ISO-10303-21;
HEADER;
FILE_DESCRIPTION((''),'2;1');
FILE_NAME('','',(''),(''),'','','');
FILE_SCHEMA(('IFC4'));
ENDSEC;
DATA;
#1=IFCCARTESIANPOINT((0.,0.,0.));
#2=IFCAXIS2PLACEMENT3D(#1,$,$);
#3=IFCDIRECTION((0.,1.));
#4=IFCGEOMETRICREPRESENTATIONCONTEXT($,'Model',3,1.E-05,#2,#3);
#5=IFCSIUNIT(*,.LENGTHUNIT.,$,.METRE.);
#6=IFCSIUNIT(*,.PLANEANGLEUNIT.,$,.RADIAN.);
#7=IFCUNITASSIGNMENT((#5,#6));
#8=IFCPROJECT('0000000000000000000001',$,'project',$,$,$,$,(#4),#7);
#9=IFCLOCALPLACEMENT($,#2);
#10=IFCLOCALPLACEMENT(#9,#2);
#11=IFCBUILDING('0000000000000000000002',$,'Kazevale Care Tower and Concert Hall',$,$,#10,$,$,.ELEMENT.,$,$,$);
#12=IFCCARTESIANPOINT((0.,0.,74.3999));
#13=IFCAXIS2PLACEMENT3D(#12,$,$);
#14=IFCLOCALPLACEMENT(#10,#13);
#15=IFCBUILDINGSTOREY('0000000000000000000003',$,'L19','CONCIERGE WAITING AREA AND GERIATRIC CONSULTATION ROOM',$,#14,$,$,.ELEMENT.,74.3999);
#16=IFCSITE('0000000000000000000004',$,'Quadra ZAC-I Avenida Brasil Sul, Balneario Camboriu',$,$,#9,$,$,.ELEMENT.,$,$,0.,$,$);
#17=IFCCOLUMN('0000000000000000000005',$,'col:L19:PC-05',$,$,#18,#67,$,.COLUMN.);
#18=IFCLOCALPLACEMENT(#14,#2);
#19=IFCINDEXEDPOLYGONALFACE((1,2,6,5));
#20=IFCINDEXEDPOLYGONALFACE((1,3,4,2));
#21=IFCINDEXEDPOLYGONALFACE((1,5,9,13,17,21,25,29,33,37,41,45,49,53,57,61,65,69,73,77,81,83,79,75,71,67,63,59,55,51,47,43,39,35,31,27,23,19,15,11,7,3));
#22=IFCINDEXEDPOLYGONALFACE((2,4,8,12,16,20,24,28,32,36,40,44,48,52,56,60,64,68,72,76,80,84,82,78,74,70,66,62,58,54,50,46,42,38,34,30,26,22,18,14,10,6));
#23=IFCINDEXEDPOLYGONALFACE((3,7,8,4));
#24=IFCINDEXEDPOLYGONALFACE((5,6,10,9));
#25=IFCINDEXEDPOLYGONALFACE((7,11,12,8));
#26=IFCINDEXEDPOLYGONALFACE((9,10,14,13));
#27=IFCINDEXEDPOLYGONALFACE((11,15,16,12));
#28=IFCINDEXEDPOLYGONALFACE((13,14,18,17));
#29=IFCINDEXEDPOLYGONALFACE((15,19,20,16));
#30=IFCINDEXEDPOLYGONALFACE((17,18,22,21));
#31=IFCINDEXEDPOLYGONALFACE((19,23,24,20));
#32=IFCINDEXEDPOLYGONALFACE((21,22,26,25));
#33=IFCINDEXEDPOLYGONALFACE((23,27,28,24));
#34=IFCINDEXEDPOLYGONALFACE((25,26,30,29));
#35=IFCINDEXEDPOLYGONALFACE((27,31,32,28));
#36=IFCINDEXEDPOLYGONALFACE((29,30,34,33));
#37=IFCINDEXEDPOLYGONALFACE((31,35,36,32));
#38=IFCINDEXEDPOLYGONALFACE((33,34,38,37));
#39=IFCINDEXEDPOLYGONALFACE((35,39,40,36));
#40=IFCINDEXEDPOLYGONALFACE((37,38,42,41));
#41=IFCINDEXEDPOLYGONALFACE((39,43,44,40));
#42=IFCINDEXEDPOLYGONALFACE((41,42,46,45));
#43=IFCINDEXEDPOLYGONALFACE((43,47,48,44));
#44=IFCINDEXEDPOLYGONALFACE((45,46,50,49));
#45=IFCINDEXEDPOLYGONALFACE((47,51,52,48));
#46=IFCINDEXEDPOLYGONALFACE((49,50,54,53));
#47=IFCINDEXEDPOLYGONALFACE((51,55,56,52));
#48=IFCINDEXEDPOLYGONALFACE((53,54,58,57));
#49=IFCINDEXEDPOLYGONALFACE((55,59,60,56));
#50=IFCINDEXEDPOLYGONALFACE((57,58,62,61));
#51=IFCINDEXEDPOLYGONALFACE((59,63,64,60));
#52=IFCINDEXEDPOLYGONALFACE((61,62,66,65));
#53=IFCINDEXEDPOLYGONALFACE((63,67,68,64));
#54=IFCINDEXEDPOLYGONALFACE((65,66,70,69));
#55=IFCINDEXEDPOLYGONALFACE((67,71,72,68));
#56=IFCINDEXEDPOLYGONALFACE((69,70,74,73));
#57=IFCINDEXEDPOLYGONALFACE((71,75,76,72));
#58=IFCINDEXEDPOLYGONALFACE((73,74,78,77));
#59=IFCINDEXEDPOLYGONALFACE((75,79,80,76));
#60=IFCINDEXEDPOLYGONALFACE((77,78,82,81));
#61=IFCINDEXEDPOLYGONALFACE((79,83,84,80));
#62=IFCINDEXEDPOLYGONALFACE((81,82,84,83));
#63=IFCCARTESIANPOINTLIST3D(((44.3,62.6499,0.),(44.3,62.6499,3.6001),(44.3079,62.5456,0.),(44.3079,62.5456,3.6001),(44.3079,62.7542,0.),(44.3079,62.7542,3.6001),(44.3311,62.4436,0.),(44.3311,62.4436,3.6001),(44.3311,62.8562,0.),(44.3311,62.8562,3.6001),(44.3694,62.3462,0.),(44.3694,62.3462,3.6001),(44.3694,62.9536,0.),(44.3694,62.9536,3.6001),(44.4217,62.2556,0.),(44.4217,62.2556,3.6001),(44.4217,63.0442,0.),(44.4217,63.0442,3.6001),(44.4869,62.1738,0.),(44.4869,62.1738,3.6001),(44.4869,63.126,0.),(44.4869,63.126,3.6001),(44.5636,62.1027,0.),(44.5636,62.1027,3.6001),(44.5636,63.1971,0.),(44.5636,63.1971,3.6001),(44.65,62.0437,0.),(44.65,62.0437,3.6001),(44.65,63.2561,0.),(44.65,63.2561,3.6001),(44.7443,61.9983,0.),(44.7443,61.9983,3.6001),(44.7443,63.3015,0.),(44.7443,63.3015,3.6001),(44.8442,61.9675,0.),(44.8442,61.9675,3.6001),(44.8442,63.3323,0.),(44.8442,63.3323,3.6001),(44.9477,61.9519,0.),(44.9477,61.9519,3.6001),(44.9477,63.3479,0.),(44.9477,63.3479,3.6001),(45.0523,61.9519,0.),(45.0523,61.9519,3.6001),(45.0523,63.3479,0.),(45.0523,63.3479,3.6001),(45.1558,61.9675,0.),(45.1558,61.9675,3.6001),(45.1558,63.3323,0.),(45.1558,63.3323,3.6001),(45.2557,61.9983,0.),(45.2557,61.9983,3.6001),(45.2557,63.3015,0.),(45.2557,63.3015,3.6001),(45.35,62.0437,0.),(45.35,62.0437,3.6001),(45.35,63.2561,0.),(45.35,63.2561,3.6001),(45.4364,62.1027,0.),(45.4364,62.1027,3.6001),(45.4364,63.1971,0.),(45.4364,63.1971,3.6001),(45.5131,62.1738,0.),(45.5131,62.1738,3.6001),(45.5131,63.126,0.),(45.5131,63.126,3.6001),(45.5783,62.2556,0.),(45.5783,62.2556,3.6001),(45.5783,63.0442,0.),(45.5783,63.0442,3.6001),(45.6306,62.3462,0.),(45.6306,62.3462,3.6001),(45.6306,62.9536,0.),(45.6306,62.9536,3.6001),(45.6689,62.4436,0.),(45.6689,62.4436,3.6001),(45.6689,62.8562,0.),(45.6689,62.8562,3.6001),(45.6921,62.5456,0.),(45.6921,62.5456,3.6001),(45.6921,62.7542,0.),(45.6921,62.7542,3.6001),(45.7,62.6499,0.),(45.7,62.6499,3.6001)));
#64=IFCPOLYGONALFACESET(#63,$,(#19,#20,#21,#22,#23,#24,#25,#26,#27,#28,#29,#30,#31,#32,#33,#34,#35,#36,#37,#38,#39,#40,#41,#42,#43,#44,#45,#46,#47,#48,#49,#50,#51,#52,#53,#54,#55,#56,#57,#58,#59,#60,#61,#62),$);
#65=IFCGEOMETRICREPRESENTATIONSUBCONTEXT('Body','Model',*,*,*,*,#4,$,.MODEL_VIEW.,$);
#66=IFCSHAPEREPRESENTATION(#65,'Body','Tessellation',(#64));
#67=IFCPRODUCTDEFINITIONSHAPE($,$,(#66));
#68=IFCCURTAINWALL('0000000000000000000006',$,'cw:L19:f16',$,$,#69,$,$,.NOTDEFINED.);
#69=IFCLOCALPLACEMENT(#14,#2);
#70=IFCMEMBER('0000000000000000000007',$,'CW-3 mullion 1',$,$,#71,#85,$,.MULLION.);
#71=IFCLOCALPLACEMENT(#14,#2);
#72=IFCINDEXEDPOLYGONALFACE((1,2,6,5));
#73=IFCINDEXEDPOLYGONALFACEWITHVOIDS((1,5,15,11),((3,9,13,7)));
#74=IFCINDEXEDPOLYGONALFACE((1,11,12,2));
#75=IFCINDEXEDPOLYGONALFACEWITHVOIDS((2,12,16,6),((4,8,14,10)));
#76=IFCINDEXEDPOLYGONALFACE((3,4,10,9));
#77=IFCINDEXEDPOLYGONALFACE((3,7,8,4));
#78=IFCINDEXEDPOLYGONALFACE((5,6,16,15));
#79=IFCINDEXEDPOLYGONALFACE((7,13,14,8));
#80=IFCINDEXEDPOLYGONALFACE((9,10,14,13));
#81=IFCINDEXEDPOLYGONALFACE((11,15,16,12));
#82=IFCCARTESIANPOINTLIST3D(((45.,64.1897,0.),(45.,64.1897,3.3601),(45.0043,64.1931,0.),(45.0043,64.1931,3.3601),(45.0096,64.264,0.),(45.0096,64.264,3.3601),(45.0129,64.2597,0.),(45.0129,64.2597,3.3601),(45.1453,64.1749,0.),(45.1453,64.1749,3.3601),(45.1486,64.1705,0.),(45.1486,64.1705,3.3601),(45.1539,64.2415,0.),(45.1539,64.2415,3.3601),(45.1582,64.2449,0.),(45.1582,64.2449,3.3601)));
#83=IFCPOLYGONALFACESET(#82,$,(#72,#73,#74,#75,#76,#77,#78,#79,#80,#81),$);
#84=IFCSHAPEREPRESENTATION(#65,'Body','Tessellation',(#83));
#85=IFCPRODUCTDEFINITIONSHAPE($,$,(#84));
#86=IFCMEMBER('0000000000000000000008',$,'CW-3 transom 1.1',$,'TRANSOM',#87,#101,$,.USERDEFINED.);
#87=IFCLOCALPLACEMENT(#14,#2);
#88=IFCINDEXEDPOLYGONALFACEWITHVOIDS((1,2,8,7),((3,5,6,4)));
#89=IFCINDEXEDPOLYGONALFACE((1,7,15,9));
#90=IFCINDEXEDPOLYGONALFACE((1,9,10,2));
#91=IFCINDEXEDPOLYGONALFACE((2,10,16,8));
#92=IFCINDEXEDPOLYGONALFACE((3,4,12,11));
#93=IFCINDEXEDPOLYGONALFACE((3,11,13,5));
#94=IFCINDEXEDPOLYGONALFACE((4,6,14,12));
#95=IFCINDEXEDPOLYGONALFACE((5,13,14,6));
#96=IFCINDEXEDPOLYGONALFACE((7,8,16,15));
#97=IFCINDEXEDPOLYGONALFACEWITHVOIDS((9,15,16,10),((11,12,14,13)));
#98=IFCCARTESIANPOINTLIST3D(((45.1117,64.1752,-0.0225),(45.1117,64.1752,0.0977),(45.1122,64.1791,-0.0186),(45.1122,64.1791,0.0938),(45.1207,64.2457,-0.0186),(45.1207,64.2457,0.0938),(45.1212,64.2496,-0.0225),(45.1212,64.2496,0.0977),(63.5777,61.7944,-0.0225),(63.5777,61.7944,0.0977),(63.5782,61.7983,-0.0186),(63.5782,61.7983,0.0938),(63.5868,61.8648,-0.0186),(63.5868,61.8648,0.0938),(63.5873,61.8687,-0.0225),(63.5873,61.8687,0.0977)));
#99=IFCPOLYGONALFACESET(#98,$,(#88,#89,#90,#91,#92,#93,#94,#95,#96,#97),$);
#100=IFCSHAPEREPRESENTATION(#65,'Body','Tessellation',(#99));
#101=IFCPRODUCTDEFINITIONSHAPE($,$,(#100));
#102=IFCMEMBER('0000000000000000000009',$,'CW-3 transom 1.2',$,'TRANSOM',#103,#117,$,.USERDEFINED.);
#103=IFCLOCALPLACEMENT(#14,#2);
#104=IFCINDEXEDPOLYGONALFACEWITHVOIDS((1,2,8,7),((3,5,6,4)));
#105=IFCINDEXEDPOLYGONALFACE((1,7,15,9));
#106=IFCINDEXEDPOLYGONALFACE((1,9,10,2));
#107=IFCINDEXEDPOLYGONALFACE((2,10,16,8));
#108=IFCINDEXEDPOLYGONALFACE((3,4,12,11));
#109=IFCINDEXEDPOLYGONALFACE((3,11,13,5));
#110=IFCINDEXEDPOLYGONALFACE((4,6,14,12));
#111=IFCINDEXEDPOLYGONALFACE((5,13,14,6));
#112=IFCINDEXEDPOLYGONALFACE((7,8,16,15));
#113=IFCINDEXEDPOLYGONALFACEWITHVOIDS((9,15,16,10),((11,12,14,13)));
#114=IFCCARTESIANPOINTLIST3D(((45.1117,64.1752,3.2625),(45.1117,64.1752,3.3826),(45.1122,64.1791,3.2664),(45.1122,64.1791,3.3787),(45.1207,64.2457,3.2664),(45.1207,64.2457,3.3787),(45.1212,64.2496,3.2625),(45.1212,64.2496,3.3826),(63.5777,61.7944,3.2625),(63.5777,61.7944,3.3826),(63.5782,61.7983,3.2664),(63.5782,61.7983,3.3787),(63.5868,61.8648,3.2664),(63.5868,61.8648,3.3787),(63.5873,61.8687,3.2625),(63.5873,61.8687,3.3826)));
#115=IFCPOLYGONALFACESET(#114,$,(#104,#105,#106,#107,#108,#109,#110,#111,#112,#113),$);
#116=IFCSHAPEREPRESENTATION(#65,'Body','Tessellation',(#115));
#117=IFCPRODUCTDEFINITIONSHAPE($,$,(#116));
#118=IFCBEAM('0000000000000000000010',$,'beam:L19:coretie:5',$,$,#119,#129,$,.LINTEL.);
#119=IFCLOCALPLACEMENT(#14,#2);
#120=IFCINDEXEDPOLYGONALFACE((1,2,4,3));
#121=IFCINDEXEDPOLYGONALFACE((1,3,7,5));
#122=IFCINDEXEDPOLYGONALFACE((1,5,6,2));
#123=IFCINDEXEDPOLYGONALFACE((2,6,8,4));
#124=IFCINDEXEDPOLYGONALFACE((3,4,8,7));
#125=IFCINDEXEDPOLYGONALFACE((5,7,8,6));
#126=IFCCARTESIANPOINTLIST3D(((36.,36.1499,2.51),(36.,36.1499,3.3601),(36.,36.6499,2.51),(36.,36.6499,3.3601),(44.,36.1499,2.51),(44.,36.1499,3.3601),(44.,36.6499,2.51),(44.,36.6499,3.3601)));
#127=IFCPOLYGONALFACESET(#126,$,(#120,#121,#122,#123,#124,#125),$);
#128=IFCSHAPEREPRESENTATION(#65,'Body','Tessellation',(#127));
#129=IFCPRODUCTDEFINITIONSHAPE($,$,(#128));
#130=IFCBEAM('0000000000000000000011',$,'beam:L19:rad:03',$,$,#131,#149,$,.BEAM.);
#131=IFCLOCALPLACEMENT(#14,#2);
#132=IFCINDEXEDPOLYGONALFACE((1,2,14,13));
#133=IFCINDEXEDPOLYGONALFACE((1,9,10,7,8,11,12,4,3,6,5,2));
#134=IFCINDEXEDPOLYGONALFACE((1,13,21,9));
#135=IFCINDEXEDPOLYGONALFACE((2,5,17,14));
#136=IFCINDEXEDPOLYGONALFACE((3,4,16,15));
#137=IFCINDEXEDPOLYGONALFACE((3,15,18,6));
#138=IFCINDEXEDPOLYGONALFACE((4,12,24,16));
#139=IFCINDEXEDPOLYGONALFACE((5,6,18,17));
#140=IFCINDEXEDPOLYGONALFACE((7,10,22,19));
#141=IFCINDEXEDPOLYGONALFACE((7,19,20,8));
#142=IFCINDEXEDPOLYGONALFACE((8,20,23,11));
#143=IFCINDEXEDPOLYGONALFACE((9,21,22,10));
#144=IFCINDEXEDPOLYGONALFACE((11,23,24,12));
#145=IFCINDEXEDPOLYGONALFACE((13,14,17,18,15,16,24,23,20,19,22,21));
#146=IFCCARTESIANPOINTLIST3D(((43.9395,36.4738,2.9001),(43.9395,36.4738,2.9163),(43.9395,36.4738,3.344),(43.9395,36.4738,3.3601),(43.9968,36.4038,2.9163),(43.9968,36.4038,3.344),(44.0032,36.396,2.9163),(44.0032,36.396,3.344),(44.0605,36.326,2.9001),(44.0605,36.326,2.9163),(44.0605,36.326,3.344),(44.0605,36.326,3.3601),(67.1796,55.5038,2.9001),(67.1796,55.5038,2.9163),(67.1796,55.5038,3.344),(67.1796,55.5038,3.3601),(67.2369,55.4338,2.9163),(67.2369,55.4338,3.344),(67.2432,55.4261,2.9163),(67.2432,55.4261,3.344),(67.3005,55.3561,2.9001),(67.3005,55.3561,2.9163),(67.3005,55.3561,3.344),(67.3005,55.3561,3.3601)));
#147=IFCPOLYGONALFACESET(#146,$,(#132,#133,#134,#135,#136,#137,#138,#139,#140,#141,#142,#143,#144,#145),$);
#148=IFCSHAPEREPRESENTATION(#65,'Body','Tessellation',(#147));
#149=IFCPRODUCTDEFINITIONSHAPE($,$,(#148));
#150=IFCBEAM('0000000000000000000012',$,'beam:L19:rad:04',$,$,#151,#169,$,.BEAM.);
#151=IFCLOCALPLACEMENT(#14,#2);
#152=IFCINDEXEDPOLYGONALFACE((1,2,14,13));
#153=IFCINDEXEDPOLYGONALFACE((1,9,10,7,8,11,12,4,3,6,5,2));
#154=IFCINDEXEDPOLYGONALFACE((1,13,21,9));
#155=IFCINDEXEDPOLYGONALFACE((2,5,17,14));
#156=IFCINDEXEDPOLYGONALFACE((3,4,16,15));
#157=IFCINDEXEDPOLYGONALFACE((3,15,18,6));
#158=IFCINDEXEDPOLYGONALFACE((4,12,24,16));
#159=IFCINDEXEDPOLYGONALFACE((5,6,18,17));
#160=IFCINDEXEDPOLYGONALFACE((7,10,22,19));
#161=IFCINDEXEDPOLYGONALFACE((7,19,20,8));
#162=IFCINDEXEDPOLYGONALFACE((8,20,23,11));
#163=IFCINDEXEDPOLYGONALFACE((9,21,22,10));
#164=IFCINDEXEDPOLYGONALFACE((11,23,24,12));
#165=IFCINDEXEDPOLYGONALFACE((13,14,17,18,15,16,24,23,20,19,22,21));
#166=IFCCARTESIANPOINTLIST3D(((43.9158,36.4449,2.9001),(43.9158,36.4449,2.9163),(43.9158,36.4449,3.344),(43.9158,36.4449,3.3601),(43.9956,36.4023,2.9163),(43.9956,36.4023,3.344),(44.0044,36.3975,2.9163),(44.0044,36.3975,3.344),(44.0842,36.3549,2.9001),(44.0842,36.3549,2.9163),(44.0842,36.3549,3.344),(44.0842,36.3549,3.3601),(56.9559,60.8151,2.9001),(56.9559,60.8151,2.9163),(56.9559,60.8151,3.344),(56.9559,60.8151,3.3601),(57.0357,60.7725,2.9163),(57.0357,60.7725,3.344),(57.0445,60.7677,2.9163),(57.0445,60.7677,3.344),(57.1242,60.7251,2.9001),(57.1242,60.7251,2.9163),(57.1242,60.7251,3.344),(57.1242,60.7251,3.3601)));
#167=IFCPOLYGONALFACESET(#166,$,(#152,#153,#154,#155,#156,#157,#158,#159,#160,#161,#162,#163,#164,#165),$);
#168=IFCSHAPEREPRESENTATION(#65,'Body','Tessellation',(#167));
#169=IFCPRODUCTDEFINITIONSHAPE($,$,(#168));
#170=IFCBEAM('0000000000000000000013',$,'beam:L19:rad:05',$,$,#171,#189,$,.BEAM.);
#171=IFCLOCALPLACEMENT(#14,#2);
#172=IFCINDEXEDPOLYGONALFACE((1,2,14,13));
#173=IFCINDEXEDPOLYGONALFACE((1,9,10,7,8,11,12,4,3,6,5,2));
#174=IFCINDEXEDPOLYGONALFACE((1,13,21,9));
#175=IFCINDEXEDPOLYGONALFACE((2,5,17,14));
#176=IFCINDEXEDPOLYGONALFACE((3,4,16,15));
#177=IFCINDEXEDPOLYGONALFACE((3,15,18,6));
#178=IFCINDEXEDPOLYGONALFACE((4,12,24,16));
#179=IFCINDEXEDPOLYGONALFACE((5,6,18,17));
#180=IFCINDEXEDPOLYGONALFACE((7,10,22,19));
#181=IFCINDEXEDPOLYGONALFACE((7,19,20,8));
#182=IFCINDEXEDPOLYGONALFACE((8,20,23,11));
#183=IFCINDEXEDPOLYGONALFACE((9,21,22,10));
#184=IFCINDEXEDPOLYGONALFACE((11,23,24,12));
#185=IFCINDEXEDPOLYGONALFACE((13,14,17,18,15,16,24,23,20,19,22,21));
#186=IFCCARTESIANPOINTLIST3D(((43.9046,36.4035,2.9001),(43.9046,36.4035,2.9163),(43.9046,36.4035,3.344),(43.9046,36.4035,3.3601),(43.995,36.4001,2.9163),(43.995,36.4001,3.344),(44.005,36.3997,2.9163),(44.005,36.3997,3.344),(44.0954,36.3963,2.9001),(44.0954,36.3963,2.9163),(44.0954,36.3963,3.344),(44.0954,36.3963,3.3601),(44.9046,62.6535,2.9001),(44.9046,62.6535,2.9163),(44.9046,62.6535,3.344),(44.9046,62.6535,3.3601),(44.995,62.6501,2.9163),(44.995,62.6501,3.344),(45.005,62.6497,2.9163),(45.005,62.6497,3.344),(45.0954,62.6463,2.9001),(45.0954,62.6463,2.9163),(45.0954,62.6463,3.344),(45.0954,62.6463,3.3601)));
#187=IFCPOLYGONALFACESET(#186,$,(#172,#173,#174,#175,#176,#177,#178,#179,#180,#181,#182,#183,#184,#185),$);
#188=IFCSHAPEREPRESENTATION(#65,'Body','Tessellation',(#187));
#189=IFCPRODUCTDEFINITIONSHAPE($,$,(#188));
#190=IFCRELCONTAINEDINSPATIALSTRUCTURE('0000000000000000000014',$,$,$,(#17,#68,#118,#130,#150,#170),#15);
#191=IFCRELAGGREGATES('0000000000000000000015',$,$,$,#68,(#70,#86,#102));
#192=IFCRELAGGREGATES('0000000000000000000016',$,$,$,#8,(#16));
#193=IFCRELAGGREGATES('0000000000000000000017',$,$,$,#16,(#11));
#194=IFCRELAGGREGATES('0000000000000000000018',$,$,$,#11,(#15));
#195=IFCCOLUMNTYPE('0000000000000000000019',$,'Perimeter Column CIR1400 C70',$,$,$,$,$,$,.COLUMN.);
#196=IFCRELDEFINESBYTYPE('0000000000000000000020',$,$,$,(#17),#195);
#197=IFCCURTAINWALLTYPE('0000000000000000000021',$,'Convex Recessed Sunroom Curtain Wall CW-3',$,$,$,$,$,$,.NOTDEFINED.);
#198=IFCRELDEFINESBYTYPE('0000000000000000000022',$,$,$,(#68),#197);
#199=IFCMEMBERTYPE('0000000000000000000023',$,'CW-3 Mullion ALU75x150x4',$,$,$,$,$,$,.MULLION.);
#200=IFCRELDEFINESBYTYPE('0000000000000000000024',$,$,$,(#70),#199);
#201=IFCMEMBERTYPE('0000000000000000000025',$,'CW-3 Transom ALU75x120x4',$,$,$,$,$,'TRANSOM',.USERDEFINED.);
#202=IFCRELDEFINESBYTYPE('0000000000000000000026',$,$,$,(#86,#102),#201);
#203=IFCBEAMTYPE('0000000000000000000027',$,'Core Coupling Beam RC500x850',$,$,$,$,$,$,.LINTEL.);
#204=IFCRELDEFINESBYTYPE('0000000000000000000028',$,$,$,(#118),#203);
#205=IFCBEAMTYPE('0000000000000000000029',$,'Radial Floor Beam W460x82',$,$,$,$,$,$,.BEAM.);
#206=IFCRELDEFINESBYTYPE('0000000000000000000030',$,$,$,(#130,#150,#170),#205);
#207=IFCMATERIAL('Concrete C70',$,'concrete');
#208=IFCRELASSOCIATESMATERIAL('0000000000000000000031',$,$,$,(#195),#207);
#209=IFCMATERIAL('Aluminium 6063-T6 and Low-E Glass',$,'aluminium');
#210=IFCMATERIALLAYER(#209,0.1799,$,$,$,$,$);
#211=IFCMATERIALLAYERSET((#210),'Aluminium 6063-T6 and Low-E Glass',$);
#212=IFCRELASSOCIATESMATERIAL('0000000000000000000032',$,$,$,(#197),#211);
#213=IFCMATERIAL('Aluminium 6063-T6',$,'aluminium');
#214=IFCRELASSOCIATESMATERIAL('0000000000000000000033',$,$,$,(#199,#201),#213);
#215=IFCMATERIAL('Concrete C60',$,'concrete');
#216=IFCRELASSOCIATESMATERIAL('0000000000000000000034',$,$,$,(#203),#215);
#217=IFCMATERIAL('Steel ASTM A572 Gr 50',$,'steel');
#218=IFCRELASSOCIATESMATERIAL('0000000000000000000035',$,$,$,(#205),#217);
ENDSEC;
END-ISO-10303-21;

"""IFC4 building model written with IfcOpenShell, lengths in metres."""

from ifc_helpers import new_model, si_unit, direction, frame, origin, origin_2d, place, context, subcontext, project, spatial, rectangle, hollow_rectangle, circle, i_section, extrude, material, layer, layer_set, material_profile, profile_set, type_object, element, aggregate, save


model = new_model("IFC4")

# Units and contexts
model_context = context("Model", 3, precision=1e-05, world=origin(), true_north=direction((0.0, 1.0)))
body_context = subcontext(model_context, "Body", "Model", "MODEL_VIEW")
ifc_project = project(units=[si_unit("LENGTHUNIT", "METRE"), si_unit("PLANEANGLEUNIT", "RADIAN")], contexts=[model_context])

# Site, building, storey
site_placement = place(None, origin())
site = spatial("IfcSite", under=ifc_project, at=site_placement, Name="Quadra ZAC-I Avenida Brasil Sul, Balneario Camboriu", CompositionType="ELEMENT", RefElevation=0.0)
building_placement = place(site_placement, origin())
building = spatial("IfcBuilding", under=site, at=building_placement, Name="Kazevale Care Tower and Concert Hall", CompositionType="ELEMENT")
storey_placement = place(building_placement, frame((0.0, 0.0, 74.3999)))
storey = spatial("IfcBuildingStorey", under=building, at=storey_placement, Name="L19", Description="CONCIERGE WAITING AREA AND GERIATRIC CONSULTATION ROOM", CompositionType="ELEMENT", Elevation=74.3999)

# Column
ifc_material_1 = material(Name="Concrete C70", Category="concrete")
ifc_material_profile_1 = material_profile(ifc_material_1, circle(Radius=0.7, at=origin_2d()), Name="RC-CIR1400")
ifc_profile_set_1 = profile_set([ifc_material_profile_1], Name="Concrete C70")
column_type = type_object("IfcColumnType", Name="Perimeter Column CIR1400 C70", PredefinedType="COLUMN", material=ifc_profile_set_1)
column_placement = place(storey_placement, frame((45.0, 62.6499, 0.0), z_axis=(0.0, 0.0, 1.0), x_axis=(1.0, 0.0, 0.0)))
element("IfcColumn", 1, at=column_placement, inside=storey, type_object=column_type, Name="col:L19:PC-05", PredefinedType="COLUMN", context=body_context, shape_type="SweptSolid", body=[
    extrude(circle(Radius=0.7, at=origin_2d()), origin(), (0.0, 0.0, 1.0), 3.6001),
])

# Curtain wall, members
ifc_material_2 = material(Name="Aluminium 6063-T6 and Low-E Glass", Category="aluminium")
ifc_layer_1 = layer(ifc_material_2, 0.1799)
ifc_layer_set_1 = layer_set([ifc_layer_1], Name="Aluminium 6063-T6 and Low-E Glass")
curtain_wall_type = type_object("IfcCurtainWallType", Name="Convex Recessed Sunroom Curtain Wall CW-3", PredefinedType="NOTDEFINED", material=ifc_layer_set_1)
curtain_wall_placement = place(storey_placement, origin())
curtain_wall = element("IfcCurtainWall", 2, at=curtain_wall_placement, inside=storey, type_object=curtain_wall_type, Name="cw:L19:f16", PredefinedType="NOTDEFINED")
ifc_material_3 = material(Name="Aluminium 6063-T6", Category="aluminium")
ifc_material_profile_2 = material_profile(ifc_material_3, hollow_rectangle(XDim=0.075, YDim=0.1499, WallThickness=0.0039, at=origin_2d()), Name="ALU75x150x4")
ifc_profile_set_2 = profile_set([ifc_material_profile_2], Name="Aluminium 6063-T6")
member_type_1 = type_object("IfcMemberType", Name="CW-3 Mullion ALU75x150x4", PredefinedType="MULLION", material=ifc_profile_set_2)
member_1_placement = place(storey_placement, frame((45.0791, 64.2173, 0.0), z_axis=(0.0, 0.0, 1.0), x_axis=(0.12787, 0.991791, 0.0)))
member_1 = element("IfcMember", 3, at=member_1_placement, type_object=member_type_1, Name="CW-3 mullion 1", PredefinedType="MULLION", context=body_context, shape_type="SweptSolid", body=[
    extrude(hollow_rectangle(XDim=0.075, YDim=0.1499, WallThickness=0.0039, at=origin_2d()), origin(), (0.0, 0.0, 1.0), 3.3601),
])
ifc_material_profile_3 = material_profile(ifc_material_3, hollow_rectangle(XDim=0.075, YDim=0.1201, WallThickness=0.0039, at=origin_2d()), Name="ALU75x120x4")
ifc_profile_set_3 = profile_set([ifc_material_profile_3], Name="Aluminium 6063-T6")
member_type_2 = type_object("IfcMemberType", Name="CW-3 Transom ALU75x120x4", ElementType="TRANSOM", PredefinedType="USERDEFINED", material=ifc_profile_set_3)
member_2_placement = place(storey_placement, frame((45.1165, 64.2124, 0.0376), z_axis=(0.991791, -0.127873, 0.0), x_axis=(0.127873, 0.991791, 0.0)))
member_2 = element("IfcMember", 4, at=member_2_placement, type_object=member_type_2, Name="CW-3 transom 1.1", ObjectType="TRANSOM", PredefinedType="USERDEFINED", context=body_context, shape_type="SweptSolid", body=[
    extrude(hollow_rectangle(XDim=0.075, YDim=0.1201, WallThickness=0.0039, at=origin_2d()), origin(), (0.0, 0.0, 1.0), 18.6189),
])
member_3_placement = place(storey_placement, frame((45.1165, 64.2124, 3.3225), z_axis=(0.991791, -0.127873, 0.0), x_axis=(0.127873, 0.991791, 0.0)))
member_3 = element("IfcMember", 5, at=member_3_placement, type_object=member_type_2, Name="CW-3 transom 1.2", ObjectType="TRANSOM", PredefinedType="USERDEFINED", context=body_context, shape_type="SweptSolid", body=[
    extrude(hollow_rectangle(XDim=0.075, YDim=0.1201, WallThickness=0.0039, at=origin_2d()), origin(), (0.0, 0.0, 1.0), 18.6189),
])
aggregate(curtain_wall, [member_1, member_2, member_3])

# Beams
ifc_material_4 = material(Name="Concrete C60", Category="concrete")
ifc_material_profile_4 = material_profile(ifc_material_4, rectangle(XDim=0.5, YDim=0.8501, at=origin_2d()), Name="RC-B500x850")
ifc_profile_set_4 = profile_set([ifc_material_profile_4], Name="Concrete C60")
beam_type_1 = type_object("IfcBeamType", Name="Core Coupling Beam RC500x850", PredefinedType="LINTEL", material=ifc_profile_set_4)
beam_1_placement = place(storey_placement, frame((44.0, 36.3999, 2.9351), z_axis=(-1.0, 0.0, 0.0), x_axis=(0.0, -1.0, 0.0)))
element("IfcBeam", 6, at=beam_1_placement, inside=storey, type_object=beam_type_1, Name="beam:L19:coretie:5", PredefinedType="LINTEL", context=body_context, shape_type="SweptSolid", body=[
    extrude(rectangle(XDim=0.5, YDim=0.8501, at=origin_2d()), origin(), (0.0, 0.0, 1.0), 8.0),
])
ifc_material_5 = material(Name="Steel ASTM A572 Gr 50", Category="steel")
ifc_material_profile_5 = material_profile(ifc_material_5, i_section(OverallWidth=0.1909, OverallDepth=0.46, WebThickness=0.01, FlangeThickness=0.0161, at=origin_2d()), Name="W460x82")
ifc_profile_set_5 = profile_set([ifc_material_profile_5], Name="Steel ASTM A572 Gr 50")
beam_type_2 = type_object("IfcBeamType", Name="Radial Floor Beam W460x82", PredefinedType="BEAM", material=ifc_profile_set_5)
beam_2_placement = place(storey_placement, frame((44.0, 36.3999, 3.1301), z_axis=(0.773704, 0.633547, 0.0), x_axis=(-0.633547, 0.773704, 0.0)))
element("IfcBeam", 7, at=beam_2_placement, inside=storey, type_object=beam_type_2, Name="beam:L19:rad:03", PredefinedType="BEAM", context=body_context, shape_type="SweptSolid", body=[
    extrude(i_section(OverallWidth=0.1909, OverallDepth=0.46, WebThickness=0.01, FlangeThickness=0.0161, at=origin_2d()), origin(), (0.0, 0.0, 1.0), 30.0374),
])
beam_3_placement = place(storey_placement, frame((44.0, 36.3999, 3.1301), z_axis=(0.471789, 0.881712, 0.0), x_axis=(-0.881712, 0.471789, 0.0)))
element("IfcBeam", 8, at=beam_3_placement, inside=storey, type_object=beam_type_2, Name="beam:L19:rad:04", PredefinedType="BEAM", context=body_context, shape_type="SweptSolid", body=[
    extrude(i_section(OverallWidth=0.1909, OverallDepth=0.46, WebThickness=0.01, FlangeThickness=0.0161, at=origin_2d()), origin(), (0.0, 0.0, 1.0), 27.6396),
])
beam_4_placement = place(storey_placement, frame((44.0, 36.3999, 3.1301), z_axis=(0.038068, 0.999275, 0.0), x_axis=(-0.999275, 0.038068, 0.0)))
element("IfcBeam", 9, at=beam_4_placement, inside=storey, type_object=beam_type_2, Name="beam:L19:rad:05", PredefinedType="BEAM", context=body_context, shape_type="SweptSolid", body=[
    extrude(i_section(OverallWidth=0.1909, OverallDepth=0.46, WebThickness=0.01, FlangeThickness=0.0161, at=origin_2d()), origin(), (0.0, 0.0, 1.0), 26.269),
])

save(model, "model.ifc")
